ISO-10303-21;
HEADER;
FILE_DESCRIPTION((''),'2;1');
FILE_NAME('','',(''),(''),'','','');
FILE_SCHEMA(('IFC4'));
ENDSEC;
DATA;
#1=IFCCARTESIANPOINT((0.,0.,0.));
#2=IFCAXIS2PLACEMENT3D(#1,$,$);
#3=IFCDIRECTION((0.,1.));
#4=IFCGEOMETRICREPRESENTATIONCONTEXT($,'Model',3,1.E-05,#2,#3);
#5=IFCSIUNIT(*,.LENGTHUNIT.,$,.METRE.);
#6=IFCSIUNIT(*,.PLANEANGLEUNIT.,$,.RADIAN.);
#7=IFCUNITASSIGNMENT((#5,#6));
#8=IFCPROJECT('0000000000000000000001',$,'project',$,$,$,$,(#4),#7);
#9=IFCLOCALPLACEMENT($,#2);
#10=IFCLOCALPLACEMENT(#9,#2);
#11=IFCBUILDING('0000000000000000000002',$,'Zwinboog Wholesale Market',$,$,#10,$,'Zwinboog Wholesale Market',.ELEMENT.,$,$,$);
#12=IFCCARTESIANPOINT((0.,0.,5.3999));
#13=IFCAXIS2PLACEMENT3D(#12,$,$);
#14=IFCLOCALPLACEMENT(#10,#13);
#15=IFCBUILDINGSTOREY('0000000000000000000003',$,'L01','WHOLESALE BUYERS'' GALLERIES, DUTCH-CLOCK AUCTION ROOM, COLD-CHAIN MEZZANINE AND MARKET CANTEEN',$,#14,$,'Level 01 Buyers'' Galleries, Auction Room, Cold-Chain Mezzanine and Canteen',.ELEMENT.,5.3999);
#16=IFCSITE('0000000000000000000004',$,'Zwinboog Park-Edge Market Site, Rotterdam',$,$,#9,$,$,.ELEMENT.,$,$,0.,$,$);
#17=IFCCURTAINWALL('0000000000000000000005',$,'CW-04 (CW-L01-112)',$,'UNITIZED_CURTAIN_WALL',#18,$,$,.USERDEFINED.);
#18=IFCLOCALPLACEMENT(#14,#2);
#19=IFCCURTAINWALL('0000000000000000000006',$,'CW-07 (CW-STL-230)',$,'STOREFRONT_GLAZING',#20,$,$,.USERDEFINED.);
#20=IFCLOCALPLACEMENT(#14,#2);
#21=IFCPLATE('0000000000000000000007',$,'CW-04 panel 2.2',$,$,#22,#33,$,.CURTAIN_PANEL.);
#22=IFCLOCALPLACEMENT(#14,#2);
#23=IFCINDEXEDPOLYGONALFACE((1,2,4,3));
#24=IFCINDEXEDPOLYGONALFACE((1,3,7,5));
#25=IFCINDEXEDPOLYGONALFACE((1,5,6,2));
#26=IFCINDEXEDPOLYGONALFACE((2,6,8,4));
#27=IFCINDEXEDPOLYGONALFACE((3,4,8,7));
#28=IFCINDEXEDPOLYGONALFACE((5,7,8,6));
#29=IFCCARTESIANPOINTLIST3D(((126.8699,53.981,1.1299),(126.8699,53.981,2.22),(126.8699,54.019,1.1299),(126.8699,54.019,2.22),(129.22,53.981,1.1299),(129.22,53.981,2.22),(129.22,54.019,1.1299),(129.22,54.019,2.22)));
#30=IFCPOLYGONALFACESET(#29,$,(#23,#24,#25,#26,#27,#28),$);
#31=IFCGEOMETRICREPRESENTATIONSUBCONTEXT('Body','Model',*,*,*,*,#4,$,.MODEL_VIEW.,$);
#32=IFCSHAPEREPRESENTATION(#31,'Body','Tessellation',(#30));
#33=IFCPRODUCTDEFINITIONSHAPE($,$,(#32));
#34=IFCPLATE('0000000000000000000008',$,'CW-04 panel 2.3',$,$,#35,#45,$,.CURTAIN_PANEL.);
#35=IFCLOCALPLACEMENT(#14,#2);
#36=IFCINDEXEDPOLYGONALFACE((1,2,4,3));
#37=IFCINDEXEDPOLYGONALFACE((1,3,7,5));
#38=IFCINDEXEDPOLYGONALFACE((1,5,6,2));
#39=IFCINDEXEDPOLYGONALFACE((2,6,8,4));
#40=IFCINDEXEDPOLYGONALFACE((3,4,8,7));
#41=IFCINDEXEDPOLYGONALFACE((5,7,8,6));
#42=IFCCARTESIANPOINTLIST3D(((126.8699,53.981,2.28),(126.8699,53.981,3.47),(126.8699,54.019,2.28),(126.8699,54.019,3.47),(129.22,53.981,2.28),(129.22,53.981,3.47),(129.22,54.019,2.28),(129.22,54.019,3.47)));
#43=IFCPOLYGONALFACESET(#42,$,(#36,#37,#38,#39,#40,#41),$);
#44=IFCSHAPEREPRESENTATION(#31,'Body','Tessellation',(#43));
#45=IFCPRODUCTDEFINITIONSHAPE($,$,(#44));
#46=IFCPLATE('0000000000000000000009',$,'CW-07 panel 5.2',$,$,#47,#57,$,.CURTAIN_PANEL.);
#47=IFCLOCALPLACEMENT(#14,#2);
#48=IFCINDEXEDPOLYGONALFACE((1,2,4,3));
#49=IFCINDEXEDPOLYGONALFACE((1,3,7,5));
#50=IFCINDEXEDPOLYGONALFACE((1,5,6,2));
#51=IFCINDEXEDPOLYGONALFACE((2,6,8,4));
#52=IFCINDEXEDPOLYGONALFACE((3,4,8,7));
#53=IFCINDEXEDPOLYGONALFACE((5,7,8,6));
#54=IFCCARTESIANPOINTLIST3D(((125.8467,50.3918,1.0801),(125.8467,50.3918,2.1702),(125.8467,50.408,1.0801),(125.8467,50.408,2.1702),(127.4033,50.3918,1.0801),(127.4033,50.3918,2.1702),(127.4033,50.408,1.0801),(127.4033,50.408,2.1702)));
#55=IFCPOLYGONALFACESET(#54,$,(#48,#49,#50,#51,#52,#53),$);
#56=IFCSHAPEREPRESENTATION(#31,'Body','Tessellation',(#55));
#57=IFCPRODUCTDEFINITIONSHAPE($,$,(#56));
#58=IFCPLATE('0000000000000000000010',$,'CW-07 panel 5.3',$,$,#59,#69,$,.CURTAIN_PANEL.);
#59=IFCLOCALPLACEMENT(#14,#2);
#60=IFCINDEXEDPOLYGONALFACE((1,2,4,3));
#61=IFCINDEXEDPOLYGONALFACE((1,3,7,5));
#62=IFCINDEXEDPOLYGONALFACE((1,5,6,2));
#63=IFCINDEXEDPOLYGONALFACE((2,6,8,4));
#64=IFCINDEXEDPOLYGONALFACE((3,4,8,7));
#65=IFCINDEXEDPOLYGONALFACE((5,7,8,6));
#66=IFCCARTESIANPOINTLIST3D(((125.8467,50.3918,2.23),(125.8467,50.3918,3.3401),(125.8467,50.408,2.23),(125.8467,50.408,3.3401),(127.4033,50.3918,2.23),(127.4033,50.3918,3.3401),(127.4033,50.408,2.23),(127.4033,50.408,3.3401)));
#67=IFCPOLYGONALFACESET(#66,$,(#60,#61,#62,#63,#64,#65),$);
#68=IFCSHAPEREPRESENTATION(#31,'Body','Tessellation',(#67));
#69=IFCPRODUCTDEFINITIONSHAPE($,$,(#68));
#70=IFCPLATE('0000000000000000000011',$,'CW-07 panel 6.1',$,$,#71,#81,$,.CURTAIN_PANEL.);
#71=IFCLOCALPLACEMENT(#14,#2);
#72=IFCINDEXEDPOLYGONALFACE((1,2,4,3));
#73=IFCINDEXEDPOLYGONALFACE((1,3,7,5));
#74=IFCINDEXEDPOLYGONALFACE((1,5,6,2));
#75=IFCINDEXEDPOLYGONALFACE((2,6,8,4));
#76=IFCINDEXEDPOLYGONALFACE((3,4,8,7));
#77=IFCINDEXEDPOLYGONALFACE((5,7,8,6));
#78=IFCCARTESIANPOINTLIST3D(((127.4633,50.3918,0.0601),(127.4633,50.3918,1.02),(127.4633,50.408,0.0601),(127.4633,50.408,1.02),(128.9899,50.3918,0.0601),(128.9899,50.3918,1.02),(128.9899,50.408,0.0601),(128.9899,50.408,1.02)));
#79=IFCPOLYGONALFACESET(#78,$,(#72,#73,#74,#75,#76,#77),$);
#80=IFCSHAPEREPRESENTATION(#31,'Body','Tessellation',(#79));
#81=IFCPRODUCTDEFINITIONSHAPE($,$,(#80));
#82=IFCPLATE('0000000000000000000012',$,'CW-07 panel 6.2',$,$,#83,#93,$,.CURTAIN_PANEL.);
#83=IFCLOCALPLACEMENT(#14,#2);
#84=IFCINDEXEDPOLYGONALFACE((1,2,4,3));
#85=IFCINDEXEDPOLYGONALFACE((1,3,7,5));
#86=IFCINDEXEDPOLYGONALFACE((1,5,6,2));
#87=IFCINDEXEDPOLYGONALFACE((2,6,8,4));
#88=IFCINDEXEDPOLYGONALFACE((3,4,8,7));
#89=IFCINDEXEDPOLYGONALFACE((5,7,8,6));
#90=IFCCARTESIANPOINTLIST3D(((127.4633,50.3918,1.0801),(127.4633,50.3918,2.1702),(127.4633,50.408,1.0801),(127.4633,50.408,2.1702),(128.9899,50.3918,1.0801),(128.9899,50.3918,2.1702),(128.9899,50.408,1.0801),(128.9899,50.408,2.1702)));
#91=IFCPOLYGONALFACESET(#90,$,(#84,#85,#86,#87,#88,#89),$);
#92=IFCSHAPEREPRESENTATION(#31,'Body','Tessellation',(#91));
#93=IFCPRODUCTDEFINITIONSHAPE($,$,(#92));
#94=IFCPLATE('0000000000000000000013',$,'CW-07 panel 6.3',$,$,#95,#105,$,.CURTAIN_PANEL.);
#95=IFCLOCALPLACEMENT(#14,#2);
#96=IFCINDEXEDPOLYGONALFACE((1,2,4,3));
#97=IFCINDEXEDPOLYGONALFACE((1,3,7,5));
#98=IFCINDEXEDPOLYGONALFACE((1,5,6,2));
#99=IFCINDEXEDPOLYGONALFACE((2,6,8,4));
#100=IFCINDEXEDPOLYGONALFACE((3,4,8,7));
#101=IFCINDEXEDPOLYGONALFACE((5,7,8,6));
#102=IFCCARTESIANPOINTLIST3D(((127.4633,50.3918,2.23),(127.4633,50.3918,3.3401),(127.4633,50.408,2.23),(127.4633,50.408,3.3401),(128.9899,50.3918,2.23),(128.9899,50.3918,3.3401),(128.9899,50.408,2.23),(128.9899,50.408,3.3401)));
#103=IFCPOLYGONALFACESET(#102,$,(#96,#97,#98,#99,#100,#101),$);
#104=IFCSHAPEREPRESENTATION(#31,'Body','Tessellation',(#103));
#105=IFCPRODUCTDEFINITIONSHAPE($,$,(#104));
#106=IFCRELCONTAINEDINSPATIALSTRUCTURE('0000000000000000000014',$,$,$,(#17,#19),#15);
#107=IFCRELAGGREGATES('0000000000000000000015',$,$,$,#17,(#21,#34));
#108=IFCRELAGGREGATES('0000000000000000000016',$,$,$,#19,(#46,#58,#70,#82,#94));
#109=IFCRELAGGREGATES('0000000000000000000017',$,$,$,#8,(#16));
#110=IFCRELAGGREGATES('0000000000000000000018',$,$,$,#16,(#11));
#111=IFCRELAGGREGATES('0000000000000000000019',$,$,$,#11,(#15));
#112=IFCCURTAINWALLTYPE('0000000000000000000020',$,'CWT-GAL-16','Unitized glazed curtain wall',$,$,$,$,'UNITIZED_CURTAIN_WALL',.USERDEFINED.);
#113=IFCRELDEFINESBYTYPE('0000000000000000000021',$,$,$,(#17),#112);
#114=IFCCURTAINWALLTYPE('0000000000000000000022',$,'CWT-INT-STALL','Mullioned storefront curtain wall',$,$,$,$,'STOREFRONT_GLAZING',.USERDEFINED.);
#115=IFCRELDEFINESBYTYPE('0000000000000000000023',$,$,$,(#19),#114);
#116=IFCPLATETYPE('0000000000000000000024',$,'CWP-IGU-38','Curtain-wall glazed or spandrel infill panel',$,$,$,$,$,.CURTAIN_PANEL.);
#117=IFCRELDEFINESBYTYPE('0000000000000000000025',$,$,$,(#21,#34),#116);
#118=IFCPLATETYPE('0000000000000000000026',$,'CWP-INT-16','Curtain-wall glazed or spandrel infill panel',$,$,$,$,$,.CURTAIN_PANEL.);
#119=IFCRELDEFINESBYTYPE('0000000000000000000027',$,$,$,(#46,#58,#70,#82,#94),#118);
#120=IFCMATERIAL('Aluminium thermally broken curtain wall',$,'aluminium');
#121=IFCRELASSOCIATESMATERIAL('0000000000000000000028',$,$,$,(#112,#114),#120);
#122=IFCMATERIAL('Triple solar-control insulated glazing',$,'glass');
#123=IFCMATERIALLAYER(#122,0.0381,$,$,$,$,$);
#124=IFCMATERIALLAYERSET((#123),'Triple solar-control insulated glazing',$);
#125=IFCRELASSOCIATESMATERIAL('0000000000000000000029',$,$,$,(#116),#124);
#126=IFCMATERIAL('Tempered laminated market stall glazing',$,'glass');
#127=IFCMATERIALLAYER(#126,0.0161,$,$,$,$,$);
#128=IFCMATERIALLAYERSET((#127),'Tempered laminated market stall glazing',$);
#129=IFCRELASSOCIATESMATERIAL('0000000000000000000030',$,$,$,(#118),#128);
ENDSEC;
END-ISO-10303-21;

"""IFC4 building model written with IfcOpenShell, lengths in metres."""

from ifc_helpers import new_model, si_unit, direction, frame, origin, origin_2d, place, context, subcontext, project, spatial, rectangle, extrude, material, layer, layer_set, type_object, element, aggregate, save


model = new_model("IFC4")

# Units and contexts
model_context = context("Model", 3, precision=1e-05, world=origin(), true_north=direction((0.0, 1.0)))
body_context = subcontext(model_context, "Body", "Model", "MODEL_VIEW")
ifc_project = project(units=[si_unit("LENGTHUNIT", "METRE"), si_unit("PLANEANGLEUNIT", "RADIAN")], contexts=[model_context])

# Site, building, storey
site_placement = place(None, origin())
site = spatial("IfcSite", under=ifc_project, at=site_placement, Name="Zwinboog Park-Edge Market Site, Rotterdam", CompositionType="ELEMENT", RefElevation=0.0)
building_placement = place(site_placement, origin())
building = spatial("IfcBuilding", under=site, at=building_placement, Name="Zwinboog Wholesale Market", LongName="Zwinboog Wholesale Market", CompositionType="ELEMENT")
storey_placement = place(building_placement, frame((0.0, 0.0, 5.3999)))
storey = spatial("IfcBuildingStorey", under=building, at=storey_placement, Name="L01", Description="WHOLESALE BUYERS' GALLERIES, DUTCH-CLOCK AUCTION ROOM, COLD-CHAIN MEZZANINE AND MARKET CANTEEN", LongName="Level 01 Buyers' Galleries, Auction Room, Cold-Chain Mezzanine and Canteen", CompositionType="ELEMENT", Elevation=5.3999)

# Curtain walls
ifc_material_1 = material(Name="Aluminium thermally broken curtain wall", Category="aluminium")
curtain_wall_type_1 = type_object("IfcCurtainWallType", Name="CWT-GAL-16", Description="Unitized glazed curtain wall", ElementType="UNITIZED_CURTAIN_WALL", PredefinedType="USERDEFINED", material=ifc_material_1)
curtain_wall_1_placement = place(storey_placement, origin())
curtain_wall_1 = element("IfcCurtainWall", 1, at=curtain_wall_1_placement, inside=storey, type_object=curtain_wall_type_1, Name="CW-04 (CW-L01-112)", ObjectType="UNITIZED_CURTAIN_WALL", PredefinedType="USERDEFINED")
curtain_wall_type_2 = type_object("IfcCurtainWallType", Name="CWT-INT-STALL", Description="Mullioned storefront curtain wall", ElementType="STOREFRONT_GLAZING", PredefinedType="USERDEFINED", material=ifc_material_1)
curtain_wall_2_placement = place(storey_placement, origin())
curtain_wall_2 = element("IfcCurtainWall", 2, at=curtain_wall_2_placement, inside=storey, type_object=curtain_wall_type_2, Name="CW-07 (CW-STL-230)", ObjectType="STOREFRONT_GLAZING", PredefinedType="USERDEFINED")

# Plates
ifc_material_2 = material(Name="Triple solar-control insulated glazing", Category="glass")
ifc_layer_1 = layer(ifc_material_2, 0.0381)
ifc_layer_set_1 = layer_set([ifc_layer_1], Name="Triple solar-control insulated glazing")
plate_type_1 = type_object("IfcPlateType", Name="CWP-IGU-38", Description="Curtain-wall glazed or spandrel infill panel", PredefinedType="CURTAIN_PANEL", material=ifc_layer_set_1)
plate_1_placement = place(storey_placement, frame((128.0449, 54.0, 1.1299), z_axis=(0.0, 0.0, 1.0), x_axis=(1.0, 0.0, 0.0)))
plate_1 = element("IfcPlate", 3, at=plate_1_placement, type_object=plate_type_1, Name="CW-04 panel 2.2", PredefinedType="CURTAIN_PANEL", context=body_context, shape_type="SweptSolid", body=[
    extrude(rectangle(XDim=2.3501, YDim=0.0381, at=origin_2d()), origin(), (0.0, 0.0, 1.0), 1.0901),
])
plate_2_placement = place(storey_placement, frame((128.0449, 54.0, 2.28), z_axis=(0.0, 0.0, 1.0), x_axis=(1.0, 0.0, 0.0)))
plate_2 = element("IfcPlate", 4, at=plate_2_placement, type_object=plate_type_1, Name="CW-04 panel 2.3", PredefinedType="CURTAIN_PANEL", context=body_context, shape_type="SweptSolid", body=[
    extrude(rectangle(XDim=2.3501, YDim=0.0381, at=origin_2d()), origin(), (0.0, 0.0, 1.0), 1.1899),
])
aggregate(curtain_wall_1, [plate_1, plate_2])
ifc_material_3 = material(Name="Tempered laminated market stall glazing", Category="glass")
ifc_layer_2 = layer(ifc_material_3, 0.0161)
ifc_layer_set_2 = layer_set([ifc_layer_2], Name="Tempered laminated market stall glazing")
plate_type_2 = type_object("IfcPlateType", Name="CWP-INT-16", Description="Curtain-wall glazed or spandrel infill panel", PredefinedType="CURTAIN_PANEL", material=ifc_layer_set_2)
plate_3_placement = place(storey_placement, frame((126.625, 50.3999, 1.0801), z_axis=(0.0, 0.0, 1.0), x_axis=(1.0, 0.0, 0.0)))
plate_3 = element("IfcPlate", 5, at=plate_3_placement, type_object=plate_type_2, Name="CW-07 panel 5.2", PredefinedType="CURTAIN_PANEL", context=body_context, shape_type="SweptSolid", body=[
    extrude(rectangle(XDim=1.5566, YDim=0.0161, at=origin_2d()), origin(), (0.0, 0.0, 1.0), 1.0901),
])
plate_4_placement = place(storey_placement, frame((126.625, 50.3999, 2.23), z_axis=(0.0, 0.0, 1.0), x_axis=(1.0, 0.0, 0.0)))
plate_4 = element("IfcPlate", 6, at=plate_4_placement, type_object=plate_type_2, Name="CW-07 panel 5.3", PredefinedType="CURTAIN_PANEL", context=body_context, shape_type="SweptSolid", body=[
    extrude(rectangle(XDim=1.5566, YDim=0.0161, at=origin_2d()), origin(), (0.0, 0.0, 1.0), 1.1101),
])
plate_5_placement = place(storey_placement, frame((128.2266, 50.3999, 0.0601), z_axis=(0.0, 0.0, 1.0), x_axis=(1.0, 0.0, 0.0)))
plate_5 = element("IfcPlate", 7, at=plate_5_placement, type_object=plate_type_2, Name="CW-07 panel 6.1", PredefinedType="CURTAIN_PANEL", context=body_context, shape_type="SweptSolid", body=[
    extrude(rectangle(XDim=1.5266, YDim=0.0161, at=origin_2d()), origin(), (0.0, 0.0, 1.0), 0.96),
])
plate_6_placement = place(storey_placement, frame((128.2266, 50.3999, 1.0801), z_axis=(0.0, 0.0, 1.0), x_axis=(1.0, 0.0, 0.0)))
plate_6 = element("IfcPlate", 8, at=plate_6_placement, type_object=plate_type_2, Name="CW-07 panel 6.2", PredefinedType="CURTAIN_PANEL", context=body_context, shape_type="SweptSolid", body=[
    extrude(rectangle(XDim=1.5266, YDim=0.0161, at=origin_2d()), origin(), (0.0, 0.0, 1.0), 1.0901),
])
plate_7_placement = place(storey_placement, frame((128.2266, 50.3999, 2.23), z_axis=(0.0, 0.0, 1.0), x_axis=(1.0, 0.0, 0.0)))
plate_7 = element("IfcPlate", 9, at=plate_7_placement, type_object=plate_type_2, Name="CW-07 panel 6.3", PredefinedType="CURTAIN_PANEL", context=body_context, shape_type="SweptSolid", body=[
    extrude(rectangle(XDim=1.5266, YDim=0.0161, at=origin_2d()), origin(), (0.0, 0.0, 1.0), 1.1101),
])
aggregate(curtain_wall_2, [plate_3, plate_4, plate_5, plate_6, plate_7])

save(model, "model.ifc")
